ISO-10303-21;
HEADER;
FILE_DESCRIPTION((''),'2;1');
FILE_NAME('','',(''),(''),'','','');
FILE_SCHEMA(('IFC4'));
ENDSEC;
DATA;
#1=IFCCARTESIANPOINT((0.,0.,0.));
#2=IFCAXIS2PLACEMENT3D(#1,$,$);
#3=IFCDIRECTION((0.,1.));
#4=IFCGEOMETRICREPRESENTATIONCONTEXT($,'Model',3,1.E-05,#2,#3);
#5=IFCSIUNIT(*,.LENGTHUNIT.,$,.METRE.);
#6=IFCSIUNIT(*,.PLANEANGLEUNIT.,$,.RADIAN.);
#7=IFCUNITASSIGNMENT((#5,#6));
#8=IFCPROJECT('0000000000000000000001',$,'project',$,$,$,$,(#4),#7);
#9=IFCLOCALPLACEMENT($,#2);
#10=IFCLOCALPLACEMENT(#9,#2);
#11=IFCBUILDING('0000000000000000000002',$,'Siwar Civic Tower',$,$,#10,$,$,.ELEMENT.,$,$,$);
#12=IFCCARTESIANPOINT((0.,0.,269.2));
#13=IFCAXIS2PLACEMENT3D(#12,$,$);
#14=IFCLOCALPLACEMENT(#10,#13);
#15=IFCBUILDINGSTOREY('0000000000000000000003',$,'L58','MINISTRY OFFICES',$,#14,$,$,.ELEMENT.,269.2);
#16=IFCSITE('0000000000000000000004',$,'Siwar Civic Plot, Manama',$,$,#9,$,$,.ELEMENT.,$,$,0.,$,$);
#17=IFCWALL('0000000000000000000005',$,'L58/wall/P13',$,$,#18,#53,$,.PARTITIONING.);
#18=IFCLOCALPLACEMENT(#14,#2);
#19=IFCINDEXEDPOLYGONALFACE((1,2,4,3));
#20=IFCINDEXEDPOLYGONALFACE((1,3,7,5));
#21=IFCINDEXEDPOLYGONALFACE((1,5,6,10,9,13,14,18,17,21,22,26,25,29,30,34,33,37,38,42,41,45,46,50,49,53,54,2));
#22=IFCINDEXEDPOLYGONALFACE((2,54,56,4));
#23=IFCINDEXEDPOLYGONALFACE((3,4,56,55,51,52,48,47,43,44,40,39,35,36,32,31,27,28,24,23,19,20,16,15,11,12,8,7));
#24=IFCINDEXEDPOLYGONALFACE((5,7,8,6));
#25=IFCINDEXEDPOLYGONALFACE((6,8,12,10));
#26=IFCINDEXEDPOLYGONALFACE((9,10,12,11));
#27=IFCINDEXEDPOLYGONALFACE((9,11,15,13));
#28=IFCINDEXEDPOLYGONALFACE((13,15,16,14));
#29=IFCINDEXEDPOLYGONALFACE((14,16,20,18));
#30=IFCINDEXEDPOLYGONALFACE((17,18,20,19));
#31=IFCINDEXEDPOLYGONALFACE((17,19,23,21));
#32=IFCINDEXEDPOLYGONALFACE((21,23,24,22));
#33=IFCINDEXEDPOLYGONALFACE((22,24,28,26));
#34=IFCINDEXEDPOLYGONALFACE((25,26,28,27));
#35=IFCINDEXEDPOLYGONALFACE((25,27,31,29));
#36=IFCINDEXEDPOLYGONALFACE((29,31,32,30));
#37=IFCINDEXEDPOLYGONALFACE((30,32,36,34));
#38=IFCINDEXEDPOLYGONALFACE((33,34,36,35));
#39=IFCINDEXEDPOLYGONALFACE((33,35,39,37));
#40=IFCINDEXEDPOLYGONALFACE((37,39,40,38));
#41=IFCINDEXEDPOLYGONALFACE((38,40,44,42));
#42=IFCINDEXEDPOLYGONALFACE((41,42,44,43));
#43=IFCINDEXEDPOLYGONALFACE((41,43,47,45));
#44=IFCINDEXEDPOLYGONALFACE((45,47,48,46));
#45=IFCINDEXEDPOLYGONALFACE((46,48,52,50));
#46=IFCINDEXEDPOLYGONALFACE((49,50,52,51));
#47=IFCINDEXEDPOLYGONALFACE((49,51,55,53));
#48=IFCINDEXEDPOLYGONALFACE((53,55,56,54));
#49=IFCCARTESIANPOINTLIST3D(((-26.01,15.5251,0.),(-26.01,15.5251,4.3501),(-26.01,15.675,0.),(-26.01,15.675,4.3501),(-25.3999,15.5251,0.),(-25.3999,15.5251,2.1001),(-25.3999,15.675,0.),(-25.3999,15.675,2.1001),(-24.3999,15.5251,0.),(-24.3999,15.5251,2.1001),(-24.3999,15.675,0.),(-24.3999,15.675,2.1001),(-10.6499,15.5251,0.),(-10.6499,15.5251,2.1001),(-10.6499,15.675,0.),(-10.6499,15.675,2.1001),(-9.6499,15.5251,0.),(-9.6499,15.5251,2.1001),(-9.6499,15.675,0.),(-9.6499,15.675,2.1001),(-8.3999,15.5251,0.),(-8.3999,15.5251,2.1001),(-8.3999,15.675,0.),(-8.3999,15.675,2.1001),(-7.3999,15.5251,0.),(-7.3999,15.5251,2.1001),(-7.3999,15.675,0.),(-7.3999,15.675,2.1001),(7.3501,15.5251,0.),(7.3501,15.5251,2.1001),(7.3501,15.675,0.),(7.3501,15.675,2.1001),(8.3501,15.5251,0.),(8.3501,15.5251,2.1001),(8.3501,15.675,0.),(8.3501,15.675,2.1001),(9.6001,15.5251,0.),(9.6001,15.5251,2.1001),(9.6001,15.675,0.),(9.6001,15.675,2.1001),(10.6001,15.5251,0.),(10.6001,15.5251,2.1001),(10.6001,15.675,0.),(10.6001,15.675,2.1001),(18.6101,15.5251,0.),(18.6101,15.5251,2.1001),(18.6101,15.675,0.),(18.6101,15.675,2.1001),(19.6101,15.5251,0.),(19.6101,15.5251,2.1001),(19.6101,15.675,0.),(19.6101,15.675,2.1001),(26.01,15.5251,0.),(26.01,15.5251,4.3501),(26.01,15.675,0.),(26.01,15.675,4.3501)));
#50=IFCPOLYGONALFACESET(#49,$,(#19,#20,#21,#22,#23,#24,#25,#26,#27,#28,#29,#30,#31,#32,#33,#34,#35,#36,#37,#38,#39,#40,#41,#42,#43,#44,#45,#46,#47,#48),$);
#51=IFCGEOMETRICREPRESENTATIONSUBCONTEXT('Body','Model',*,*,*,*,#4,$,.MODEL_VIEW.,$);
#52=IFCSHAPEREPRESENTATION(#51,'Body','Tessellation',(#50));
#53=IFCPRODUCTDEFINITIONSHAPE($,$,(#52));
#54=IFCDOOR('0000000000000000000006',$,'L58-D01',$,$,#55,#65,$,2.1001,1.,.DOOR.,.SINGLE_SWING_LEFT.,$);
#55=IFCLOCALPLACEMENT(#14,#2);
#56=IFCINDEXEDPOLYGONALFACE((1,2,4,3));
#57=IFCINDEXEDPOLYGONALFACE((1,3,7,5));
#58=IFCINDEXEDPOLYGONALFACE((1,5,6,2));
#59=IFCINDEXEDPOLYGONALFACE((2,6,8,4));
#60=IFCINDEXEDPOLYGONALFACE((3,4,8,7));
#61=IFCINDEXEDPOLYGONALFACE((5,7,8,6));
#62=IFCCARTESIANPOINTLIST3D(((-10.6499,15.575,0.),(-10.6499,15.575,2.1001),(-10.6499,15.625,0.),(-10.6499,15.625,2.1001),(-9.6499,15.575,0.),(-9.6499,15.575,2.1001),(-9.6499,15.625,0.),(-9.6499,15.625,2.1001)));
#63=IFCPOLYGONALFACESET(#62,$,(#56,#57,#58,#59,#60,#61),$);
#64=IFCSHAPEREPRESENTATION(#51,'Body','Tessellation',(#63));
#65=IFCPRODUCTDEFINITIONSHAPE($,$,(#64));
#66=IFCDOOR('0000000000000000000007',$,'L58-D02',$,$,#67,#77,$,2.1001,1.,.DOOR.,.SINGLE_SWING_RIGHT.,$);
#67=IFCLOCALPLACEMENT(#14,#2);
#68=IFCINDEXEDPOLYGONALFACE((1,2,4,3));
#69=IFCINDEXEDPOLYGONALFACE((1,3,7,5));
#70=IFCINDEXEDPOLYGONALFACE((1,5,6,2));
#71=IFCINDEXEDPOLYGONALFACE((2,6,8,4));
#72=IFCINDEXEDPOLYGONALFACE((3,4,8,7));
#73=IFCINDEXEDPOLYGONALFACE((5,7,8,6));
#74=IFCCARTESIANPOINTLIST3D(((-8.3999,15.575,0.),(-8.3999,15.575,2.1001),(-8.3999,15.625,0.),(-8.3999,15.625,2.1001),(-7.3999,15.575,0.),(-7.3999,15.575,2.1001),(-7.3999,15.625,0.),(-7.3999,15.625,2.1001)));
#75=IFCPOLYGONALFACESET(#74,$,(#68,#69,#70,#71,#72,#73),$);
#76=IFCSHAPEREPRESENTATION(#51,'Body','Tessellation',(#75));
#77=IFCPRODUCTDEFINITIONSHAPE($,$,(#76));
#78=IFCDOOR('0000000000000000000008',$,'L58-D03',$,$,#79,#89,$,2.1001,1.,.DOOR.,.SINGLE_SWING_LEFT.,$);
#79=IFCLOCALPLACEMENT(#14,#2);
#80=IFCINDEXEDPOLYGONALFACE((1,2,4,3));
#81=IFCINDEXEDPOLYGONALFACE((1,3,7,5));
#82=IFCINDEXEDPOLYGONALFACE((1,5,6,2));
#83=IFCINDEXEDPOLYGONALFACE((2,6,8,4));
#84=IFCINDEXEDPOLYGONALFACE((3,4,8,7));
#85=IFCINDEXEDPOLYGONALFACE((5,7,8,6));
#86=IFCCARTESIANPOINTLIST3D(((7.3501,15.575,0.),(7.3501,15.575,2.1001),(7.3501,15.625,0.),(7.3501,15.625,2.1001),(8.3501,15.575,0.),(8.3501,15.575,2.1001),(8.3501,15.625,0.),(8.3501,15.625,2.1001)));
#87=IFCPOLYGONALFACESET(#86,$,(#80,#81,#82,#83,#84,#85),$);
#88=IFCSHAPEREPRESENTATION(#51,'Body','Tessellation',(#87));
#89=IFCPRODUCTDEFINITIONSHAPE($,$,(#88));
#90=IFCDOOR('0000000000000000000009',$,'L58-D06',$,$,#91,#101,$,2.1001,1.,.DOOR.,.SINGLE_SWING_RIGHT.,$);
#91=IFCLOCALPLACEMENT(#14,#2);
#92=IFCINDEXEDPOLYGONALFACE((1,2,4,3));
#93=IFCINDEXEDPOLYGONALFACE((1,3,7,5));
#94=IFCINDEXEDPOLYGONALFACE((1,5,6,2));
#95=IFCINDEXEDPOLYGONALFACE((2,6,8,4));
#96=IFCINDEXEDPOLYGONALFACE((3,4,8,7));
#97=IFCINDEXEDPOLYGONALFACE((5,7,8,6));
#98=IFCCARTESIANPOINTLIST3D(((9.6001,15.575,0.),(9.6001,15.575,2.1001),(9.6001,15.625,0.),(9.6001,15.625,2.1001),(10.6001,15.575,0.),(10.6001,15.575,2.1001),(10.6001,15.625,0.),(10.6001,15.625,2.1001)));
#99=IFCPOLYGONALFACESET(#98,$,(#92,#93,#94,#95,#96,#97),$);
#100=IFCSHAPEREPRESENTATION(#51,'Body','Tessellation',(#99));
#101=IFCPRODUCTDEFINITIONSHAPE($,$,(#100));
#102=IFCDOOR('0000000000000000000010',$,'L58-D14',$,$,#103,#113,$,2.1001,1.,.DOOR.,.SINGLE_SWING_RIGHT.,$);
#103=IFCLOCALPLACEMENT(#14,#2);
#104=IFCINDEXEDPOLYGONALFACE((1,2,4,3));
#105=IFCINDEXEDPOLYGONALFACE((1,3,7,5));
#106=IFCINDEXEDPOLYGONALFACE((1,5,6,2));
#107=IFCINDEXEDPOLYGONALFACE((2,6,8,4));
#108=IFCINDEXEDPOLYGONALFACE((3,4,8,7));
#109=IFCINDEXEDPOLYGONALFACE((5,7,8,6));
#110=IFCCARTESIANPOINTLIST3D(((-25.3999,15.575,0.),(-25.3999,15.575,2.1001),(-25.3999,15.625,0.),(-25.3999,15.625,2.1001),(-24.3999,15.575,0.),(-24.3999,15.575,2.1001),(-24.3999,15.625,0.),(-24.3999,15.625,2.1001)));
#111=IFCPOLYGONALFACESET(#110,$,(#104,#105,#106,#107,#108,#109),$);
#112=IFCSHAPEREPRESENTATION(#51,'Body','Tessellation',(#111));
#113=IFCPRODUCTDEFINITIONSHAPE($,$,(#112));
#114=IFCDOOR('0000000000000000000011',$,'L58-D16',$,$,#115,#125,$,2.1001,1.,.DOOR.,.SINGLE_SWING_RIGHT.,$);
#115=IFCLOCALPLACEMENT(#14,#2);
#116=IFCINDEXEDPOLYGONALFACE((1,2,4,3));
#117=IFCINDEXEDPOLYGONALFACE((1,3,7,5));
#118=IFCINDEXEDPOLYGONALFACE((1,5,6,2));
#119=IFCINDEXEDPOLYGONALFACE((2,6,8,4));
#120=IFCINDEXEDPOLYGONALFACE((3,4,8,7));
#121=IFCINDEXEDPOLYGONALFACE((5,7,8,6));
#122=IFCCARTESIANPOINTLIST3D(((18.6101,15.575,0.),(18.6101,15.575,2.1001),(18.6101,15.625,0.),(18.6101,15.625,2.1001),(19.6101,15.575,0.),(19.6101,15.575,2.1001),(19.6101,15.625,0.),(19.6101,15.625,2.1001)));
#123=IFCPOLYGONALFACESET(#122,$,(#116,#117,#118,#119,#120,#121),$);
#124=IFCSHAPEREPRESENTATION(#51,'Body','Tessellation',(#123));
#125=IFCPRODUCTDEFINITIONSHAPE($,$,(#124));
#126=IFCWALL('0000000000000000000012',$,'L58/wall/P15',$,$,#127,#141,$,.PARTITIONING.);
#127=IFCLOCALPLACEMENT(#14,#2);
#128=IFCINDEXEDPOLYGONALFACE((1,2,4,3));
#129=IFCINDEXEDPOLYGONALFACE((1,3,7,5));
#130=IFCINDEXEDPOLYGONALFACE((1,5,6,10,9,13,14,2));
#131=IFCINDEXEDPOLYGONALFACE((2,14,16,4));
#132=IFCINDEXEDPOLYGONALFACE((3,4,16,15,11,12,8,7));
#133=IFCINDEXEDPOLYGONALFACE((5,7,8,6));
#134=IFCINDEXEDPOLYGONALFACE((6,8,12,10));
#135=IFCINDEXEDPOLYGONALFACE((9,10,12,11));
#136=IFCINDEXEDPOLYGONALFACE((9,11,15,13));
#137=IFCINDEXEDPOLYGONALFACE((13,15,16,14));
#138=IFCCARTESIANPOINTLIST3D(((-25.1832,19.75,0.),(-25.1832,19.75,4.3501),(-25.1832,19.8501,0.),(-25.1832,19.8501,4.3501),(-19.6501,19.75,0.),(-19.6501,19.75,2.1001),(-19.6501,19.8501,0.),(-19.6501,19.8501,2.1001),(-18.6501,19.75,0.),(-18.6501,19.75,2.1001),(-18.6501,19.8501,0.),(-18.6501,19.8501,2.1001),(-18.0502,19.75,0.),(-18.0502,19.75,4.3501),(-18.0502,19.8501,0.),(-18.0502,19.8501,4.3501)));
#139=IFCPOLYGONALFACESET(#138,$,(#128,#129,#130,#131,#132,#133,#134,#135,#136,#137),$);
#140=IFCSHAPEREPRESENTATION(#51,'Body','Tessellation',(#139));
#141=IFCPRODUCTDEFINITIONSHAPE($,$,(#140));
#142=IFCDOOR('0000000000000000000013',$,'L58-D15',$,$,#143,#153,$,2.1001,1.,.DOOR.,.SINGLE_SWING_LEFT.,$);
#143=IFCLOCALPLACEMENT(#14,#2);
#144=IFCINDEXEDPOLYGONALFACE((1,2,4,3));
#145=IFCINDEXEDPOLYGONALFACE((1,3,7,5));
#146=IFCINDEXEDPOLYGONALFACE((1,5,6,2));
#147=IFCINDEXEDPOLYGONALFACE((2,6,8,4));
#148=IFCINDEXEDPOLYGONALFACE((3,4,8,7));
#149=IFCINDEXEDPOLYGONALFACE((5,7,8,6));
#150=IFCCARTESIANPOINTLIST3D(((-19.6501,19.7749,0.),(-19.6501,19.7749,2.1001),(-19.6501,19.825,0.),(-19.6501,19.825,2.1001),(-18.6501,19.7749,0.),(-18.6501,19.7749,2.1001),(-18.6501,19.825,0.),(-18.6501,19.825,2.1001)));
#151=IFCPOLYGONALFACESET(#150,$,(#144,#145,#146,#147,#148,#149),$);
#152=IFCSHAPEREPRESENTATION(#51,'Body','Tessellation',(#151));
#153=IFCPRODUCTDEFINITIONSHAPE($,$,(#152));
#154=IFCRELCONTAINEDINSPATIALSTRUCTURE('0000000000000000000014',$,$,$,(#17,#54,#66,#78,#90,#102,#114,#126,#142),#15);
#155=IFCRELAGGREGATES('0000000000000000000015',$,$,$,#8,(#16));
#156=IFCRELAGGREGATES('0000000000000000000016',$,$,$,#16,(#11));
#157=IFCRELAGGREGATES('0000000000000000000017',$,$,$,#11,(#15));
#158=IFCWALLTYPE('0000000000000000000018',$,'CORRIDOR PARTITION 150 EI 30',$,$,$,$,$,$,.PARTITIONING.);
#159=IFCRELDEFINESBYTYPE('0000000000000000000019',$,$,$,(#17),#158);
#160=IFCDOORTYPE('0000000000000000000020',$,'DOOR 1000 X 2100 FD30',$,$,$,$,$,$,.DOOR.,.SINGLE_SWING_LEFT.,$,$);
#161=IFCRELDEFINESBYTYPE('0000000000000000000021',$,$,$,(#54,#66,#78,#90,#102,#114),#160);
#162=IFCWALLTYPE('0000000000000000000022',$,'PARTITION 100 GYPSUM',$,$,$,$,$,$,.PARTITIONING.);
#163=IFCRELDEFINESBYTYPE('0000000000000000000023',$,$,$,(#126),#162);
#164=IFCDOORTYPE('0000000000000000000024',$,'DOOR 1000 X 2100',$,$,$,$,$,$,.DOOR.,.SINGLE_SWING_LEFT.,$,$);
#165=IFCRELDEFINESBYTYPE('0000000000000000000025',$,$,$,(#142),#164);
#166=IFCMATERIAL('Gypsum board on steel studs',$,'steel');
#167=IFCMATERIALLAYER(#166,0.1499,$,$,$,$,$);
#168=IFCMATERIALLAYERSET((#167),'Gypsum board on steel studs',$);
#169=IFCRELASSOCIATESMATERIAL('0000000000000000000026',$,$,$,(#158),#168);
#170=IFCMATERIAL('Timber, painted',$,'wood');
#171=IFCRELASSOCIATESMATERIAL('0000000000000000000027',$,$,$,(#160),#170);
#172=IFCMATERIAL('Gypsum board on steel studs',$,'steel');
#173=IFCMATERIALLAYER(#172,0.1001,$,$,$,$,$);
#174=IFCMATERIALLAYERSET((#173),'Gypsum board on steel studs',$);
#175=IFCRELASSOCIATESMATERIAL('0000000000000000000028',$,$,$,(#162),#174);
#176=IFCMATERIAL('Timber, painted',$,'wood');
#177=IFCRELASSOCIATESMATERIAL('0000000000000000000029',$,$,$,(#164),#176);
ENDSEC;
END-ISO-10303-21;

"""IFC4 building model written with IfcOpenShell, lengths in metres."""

from ifc_helpers import new_model, si_unit, direction, frame, frame_2d, origin, place, context, subcontext, project, spatial, rectangle, extrude, material, layer, layer_set, type_object, element, fill, save


model = new_model("IFC4")

# Units and contexts
model_context = context("Model", 3, precision=1e-05, world=origin(), true_north=direction((0.0, 1.0)))
body_context = subcontext(model_context, "Body", "Model", "MODEL_VIEW")
ifc_project = project(units=[si_unit("LENGTHUNIT", "METRE"), si_unit("PLANEANGLEUNIT", "RADIAN")], contexts=[model_context])

# Site, building, storey
site_placement = place(None, origin())
site = spatial("IfcSite", under=ifc_project, at=site_placement, Name="Siwar Civic Plot, Manama", CompositionType="ELEMENT", RefElevation=0.0)
building_placement = place(site_placement, origin())
building = spatial("IfcBuilding", under=site, at=building_placement, Name="Siwar Civic Tower", CompositionType="ELEMENT")
storey_placement = place(building_placement, frame((0.0, 0.0, 269.2)))
storey = spatial("IfcBuildingStorey", under=building, at=storey_placement, Name="L58", Description="MINISTRY OFFICES", CompositionType="ELEMENT", Elevation=269.2)

# Wall, openings, doors
ifc_material_1 = material(Name="Gypsum board on steel studs", Category="steel")
ifc_layer_1 = layer(ifc_material_1, 0.1499)
ifc_layer_set_1 = layer_set([ifc_layer_1], Name="Gypsum board on steel studs")
wall_type_1 = type_object("IfcWallType", Name="CORRIDOR PARTITION 150 EI 30", PredefinedType="PARTITIONING", material=ifc_layer_set_1)
wall_1_placement = place(storey_placement, frame((-26.01, 15.6001, 0.0), z_axis=(0.0, 0.0, 1.0), x_axis=(1.0, 0.0, 0.0)))
wall_1 = element("IfcWall", 1, at=wall_1_placement, inside=storey, type_object=wall_type_1, Name="L58/wall/P13", PredefinedType="PARTITIONING", context=body_context, shape_type="SweptSolid", body=[
    extrude(rectangle(XDim=52.02, YDim=0.1499, at=frame_2d((26.01, 0.0))), origin(), (0.0, 0.0, 1.0), 4.3501),
])
opening_1_placement = place(wall_1_placement, frame((15.3601, 0.0, 0.0)))
opening_1 = element("IfcOpeningElement", 2, at=opening_1_placement, cuts=wall_1, PredefinedType="OPENING", context=body_context, shape_type="SweptSolid", body=[
    extrude(rectangle(XDim=1.0, YDim=2.1001, at=frame_2d((0.5, 1.05))), frame((0.0, 0.085, 0.0), z_axis=(0.0, -1.0, 0.0), x_axis=(1.0, 0.0, 0.0)), (0.0, 0.0, 1.0), 0.1699),
])
opening_2_placement = place(wall_1_placement, frame((17.6101, 0.0, 0.0)))
opening_2 = element("IfcOpeningElement", 3, at=opening_2_placement, cuts=wall_1, PredefinedType="OPENING", context=body_context, shape_type="SweptSolid", body=[
    extrude(rectangle(XDim=1.0, YDim=2.1001, at=frame_2d((0.5, 1.05))), frame((0.0, 0.085, 0.0), z_axis=(0.0, -1.0, 0.0), x_axis=(1.0, 0.0, 0.0)), (0.0, 0.0, 1.0), 0.1699),
])
opening_3_placement = place(wall_1_placement, frame((33.3601, 0.0, 0.0)))
opening_3 = element("IfcOpeningElement", 4, at=opening_3_placement, cuts=wall_1, PredefinedType="OPENING", context=body_context, shape_type="SweptSolid", body=[
    extrude(rectangle(XDim=1.0, YDim=2.1001, at=frame_2d((0.5, 1.05))), frame((0.0, 0.085, 0.0), z_axis=(0.0, -1.0, 0.0), x_axis=(1.0, 0.0, 0.0)), (0.0, 0.0, 1.0), 0.1699),
])
opening_4_placement = place(wall_1_placement, frame((35.6101, 0.0, 0.0)))
opening_4 = element("IfcOpeningElement", 5, at=opening_4_placement, cuts=wall_1, PredefinedType="OPENING", context=body_context, shape_type="SweptSolid", body=[
    extrude(rectangle(XDim=1.0, YDim=2.1001, at=frame_2d((0.5, 1.05))), frame((0.0, 0.085, 0.0), z_axis=(0.0, -1.0, 0.0), x_axis=(1.0, 0.0, 0.0)), (0.0, 0.0, 1.0), 0.1699),
])
opening_5_placement = place(wall_1_placement, frame((0.6101, 0.0, 0.0)))
opening_5 = element("IfcOpeningElement", 6, at=opening_5_placement, cuts=wall_1, PredefinedType="OPENING", context=body_context, shape_type="SweptSolid", body=[
    extrude(rectangle(XDim=1.0, YDim=2.1001, at=frame_2d((0.5, 1.05))), frame((0.0, 0.085, 0.0), z_axis=(0.0, -1.0, 0.0), x_axis=(1.0, 0.0, 0.0)), (0.0, 0.0, 1.0), 0.1699),
])
opening_6_placement = place(wall_1_placement, frame((44.6201, 0.0, 0.0)))
opening_6 = element("IfcOpeningElement", 7, at=opening_6_placement, cuts=wall_1, PredefinedType="OPENING", context=body_context, shape_type="SweptSolid", body=[
    extrude(rectangle(XDim=1.0, YDim=2.1001, at=frame_2d((0.5, 1.05))), frame((0.0, 0.085, 0.0), z_axis=(0.0, -1.0, 0.0), x_axis=(1.0, 0.0, 0.0)), (0.0, 0.0, 1.0), 0.1699),
])
ifc_material_2 = material(Name="Timber, painted", Category="wood")
door_type_1 = type_object("IfcDoorType", Name="DOOR 1000 X 2100 FD30", OperationType="SINGLE_SWING_LEFT", PredefinedType="DOOR", material=ifc_material_2)
door_1_placement = place(opening_1_placement, origin())
door_1 = element("IfcDoor", 8, at=door_1_placement, inside=storey, type_object=door_type_1, Name="L58-D01", OperationType="SINGLE_SWING_LEFT", OverallHeight=2.1001, OverallWidth=1.0, PredefinedType="DOOR", context=body_context, shape_type="SweptSolid", body=[
    extrude(rectangle(XDim=1.0, YDim=2.1001, at=frame_2d((0.5, 1.05))), frame((0.0, 0.0249, 0.0), z_axis=(0.0, -1.0, 0.0), x_axis=(1.0, 0.0, 0.0)), (0.0, 0.0, 1.0), 0.05),
])
fill(opening_1, door_1)
door_2_placement = place(opening_2_placement, origin())
door_2 = element("IfcDoor", 9, at=door_2_placement, inside=storey, type_object=door_type_1, Name="L58-D02", OperationType="SINGLE_SWING_RIGHT", OverallHeight=2.1001, OverallWidth=1.0, PredefinedType="DOOR", context=body_context, shape_type="SweptSolid", body=[
    extrude(rectangle(XDim=1.0, YDim=2.1001, at=frame_2d((0.5, 1.05))), frame((0.0, 0.0249, 0.0), z_axis=(0.0, -1.0, 0.0), x_axis=(1.0, 0.0, 0.0)), (0.0, 0.0, 1.0), 0.05),
])
fill(opening_2, door_2)
door_3_placement = place(opening_3_placement, origin())
door_3 = element("IfcDoor", 10, at=door_3_placement, inside=storey, type_object=door_type_1, Name="L58-D03", OperationType="SINGLE_SWING_LEFT", OverallHeight=2.1001, OverallWidth=1.0, PredefinedType="DOOR", context=body_context, shape_type="SweptSolid", body=[
    extrude(rectangle(XDim=1.0, YDim=2.1001, at=frame_2d((0.5, 1.05))), frame((0.0, 0.0249, 0.0), z_axis=(0.0, -1.0, 0.0), x_axis=(1.0, 0.0, 0.0)), (0.0, 0.0, 1.0), 0.05),
])
fill(opening_3, door_3)
door_4_placement = place(opening_4_placement, origin())
door_4 = element("IfcDoor", 11, at=door_4_placement, inside=storey, type_object=door_type_1, Name="L58-D06", OperationType="SINGLE_SWING_RIGHT", OverallHeight=2.1001, OverallWidth=1.0, PredefinedType="DOOR", context=body_context, shape_type="SweptSolid", body=[
    extrude(rectangle(XDim=1.0, YDim=2.1001, at=frame_2d((0.5, 1.05))), frame((0.0, 0.0249, 0.0), z_axis=(0.0, -1.0, 0.0), x_axis=(1.0, 0.0, 0.0)), (0.0, 0.0, 1.0), 0.05),
])
fill(opening_4, door_4)
door_5_placement = place(opening_5_placement, origin())
door_5 = element("IfcDoor", 12, at=door_5_placement, inside=storey, type_object=door_type_1, Name="L58-D14", OperationType="SINGLE_SWING_RIGHT", OverallHeight=2.1001, OverallWidth=1.0, PredefinedType="DOOR", context=body_context, shape_type="SweptSolid", body=[
    extrude(rectangle(XDim=1.0, YDim=2.1001, at=frame_2d((0.5, 1.05))), frame((0.0, 0.0249, 0.0), z_axis=(0.0, -1.0, 0.0), x_axis=(1.0, 0.0, 0.0)), (0.0, 0.0, 1.0), 0.05),
])
fill(opening_5, door_5)
door_6_placement = place(opening_6_placement, origin())
door_6 = element("IfcDoor", 13, at=door_6_placement, inside=storey, type_object=door_type_1, Name="L58-D16", OperationType="SINGLE_SWING_RIGHT", OverallHeight=2.1001, OverallWidth=1.0, PredefinedType="DOOR", context=body_context, shape_type="SweptSolid", body=[
    extrude(rectangle(XDim=1.0, YDim=2.1001, at=frame_2d((0.5, 1.05))), frame((0.0, 0.0249, 0.0), z_axis=(0.0, -1.0, 0.0), x_axis=(1.0, 0.0, 0.0)), (0.0, 0.0, 1.0), 0.05),
])
fill(opening_6, door_6)

# Wall, opening, door
ifc_material_3 = material(Name="Gypsum board on steel studs", Category="steel")
ifc_layer_2 = layer(ifc_material_3, 0.1001)
ifc_layer_set_2 = layer_set([ifc_layer_2], Name="Gypsum board on steel studs")
wall_type_2 = type_object("IfcWallType", Name="PARTITION 100 GYPSUM", PredefinedType="PARTITIONING", material=ifc_layer_set_2)
wall_2_placement = place(storey_placement, frame((-25.1831, 19.8, 0.0), z_axis=(0.0, 0.0, 1.0), x_axis=(1.0, 0.0, 0.0)))
wall_2 = element("IfcWall", 14, at=wall_2_placement, inside=storey, type_object=wall_type_2, Name="L58/wall/P15", PredefinedType="PARTITIONING", context=body_context, shape_type="SweptSolid", body=[
    extrude(rectangle(XDim=7.1331, YDim=0.1001, at=frame_2d((3.5664, 0.0))), origin(), (0.0, 0.0, 1.0), 4.3501),
])
opening_7_placement = place(wall_2_placement, frame((5.533, 0.0, 0.0)))
opening_7 = element("IfcOpeningElement", 15, at=opening_7_placement, cuts=wall_2, PredefinedType="OPENING", context=body_context, shape_type="SweptSolid", body=[
    extrude(rectangle(XDim=1.0, YDim=2.1001, at=frame_2d((0.5, 1.05))), frame((0.0, 0.0601, 0.0), z_axis=(0.0, -1.0, 0.0), x_axis=(1.0, 0.0, 0.0)), (0.0, 0.0, 1.0), 0.1201),
])
ifc_material_4 = material(Name="Timber, painted", Category="wood")
door_type_2 = type_object("IfcDoorType", Name="DOOR 1000 X 2100", OperationType="SINGLE_SWING_LEFT", PredefinedType="DOOR", material=ifc_material_4)
door_7_placement = place(opening_7_placement, origin())
door_7 = element("IfcDoor", 16, at=door_7_placement, inside=storey, type_object=door_type_2, Name="L58-D15", OperationType="SINGLE_SWING_LEFT", OverallHeight=2.1001, OverallWidth=1.0, PredefinedType="DOOR", context=body_context, shape_type="SweptSolid", body=[
    extrude(rectangle(XDim=1.0, YDim=2.1001, at=frame_2d((0.5, 1.05))), frame((0.0, 0.0249, 0.0), z_axis=(0.0, -1.0, 0.0), x_axis=(1.0, 0.0, 0.0)), (0.0, 0.0, 1.0), 0.05),
])
fill(opening_7, door_7)

save(model, "model.ifc")
